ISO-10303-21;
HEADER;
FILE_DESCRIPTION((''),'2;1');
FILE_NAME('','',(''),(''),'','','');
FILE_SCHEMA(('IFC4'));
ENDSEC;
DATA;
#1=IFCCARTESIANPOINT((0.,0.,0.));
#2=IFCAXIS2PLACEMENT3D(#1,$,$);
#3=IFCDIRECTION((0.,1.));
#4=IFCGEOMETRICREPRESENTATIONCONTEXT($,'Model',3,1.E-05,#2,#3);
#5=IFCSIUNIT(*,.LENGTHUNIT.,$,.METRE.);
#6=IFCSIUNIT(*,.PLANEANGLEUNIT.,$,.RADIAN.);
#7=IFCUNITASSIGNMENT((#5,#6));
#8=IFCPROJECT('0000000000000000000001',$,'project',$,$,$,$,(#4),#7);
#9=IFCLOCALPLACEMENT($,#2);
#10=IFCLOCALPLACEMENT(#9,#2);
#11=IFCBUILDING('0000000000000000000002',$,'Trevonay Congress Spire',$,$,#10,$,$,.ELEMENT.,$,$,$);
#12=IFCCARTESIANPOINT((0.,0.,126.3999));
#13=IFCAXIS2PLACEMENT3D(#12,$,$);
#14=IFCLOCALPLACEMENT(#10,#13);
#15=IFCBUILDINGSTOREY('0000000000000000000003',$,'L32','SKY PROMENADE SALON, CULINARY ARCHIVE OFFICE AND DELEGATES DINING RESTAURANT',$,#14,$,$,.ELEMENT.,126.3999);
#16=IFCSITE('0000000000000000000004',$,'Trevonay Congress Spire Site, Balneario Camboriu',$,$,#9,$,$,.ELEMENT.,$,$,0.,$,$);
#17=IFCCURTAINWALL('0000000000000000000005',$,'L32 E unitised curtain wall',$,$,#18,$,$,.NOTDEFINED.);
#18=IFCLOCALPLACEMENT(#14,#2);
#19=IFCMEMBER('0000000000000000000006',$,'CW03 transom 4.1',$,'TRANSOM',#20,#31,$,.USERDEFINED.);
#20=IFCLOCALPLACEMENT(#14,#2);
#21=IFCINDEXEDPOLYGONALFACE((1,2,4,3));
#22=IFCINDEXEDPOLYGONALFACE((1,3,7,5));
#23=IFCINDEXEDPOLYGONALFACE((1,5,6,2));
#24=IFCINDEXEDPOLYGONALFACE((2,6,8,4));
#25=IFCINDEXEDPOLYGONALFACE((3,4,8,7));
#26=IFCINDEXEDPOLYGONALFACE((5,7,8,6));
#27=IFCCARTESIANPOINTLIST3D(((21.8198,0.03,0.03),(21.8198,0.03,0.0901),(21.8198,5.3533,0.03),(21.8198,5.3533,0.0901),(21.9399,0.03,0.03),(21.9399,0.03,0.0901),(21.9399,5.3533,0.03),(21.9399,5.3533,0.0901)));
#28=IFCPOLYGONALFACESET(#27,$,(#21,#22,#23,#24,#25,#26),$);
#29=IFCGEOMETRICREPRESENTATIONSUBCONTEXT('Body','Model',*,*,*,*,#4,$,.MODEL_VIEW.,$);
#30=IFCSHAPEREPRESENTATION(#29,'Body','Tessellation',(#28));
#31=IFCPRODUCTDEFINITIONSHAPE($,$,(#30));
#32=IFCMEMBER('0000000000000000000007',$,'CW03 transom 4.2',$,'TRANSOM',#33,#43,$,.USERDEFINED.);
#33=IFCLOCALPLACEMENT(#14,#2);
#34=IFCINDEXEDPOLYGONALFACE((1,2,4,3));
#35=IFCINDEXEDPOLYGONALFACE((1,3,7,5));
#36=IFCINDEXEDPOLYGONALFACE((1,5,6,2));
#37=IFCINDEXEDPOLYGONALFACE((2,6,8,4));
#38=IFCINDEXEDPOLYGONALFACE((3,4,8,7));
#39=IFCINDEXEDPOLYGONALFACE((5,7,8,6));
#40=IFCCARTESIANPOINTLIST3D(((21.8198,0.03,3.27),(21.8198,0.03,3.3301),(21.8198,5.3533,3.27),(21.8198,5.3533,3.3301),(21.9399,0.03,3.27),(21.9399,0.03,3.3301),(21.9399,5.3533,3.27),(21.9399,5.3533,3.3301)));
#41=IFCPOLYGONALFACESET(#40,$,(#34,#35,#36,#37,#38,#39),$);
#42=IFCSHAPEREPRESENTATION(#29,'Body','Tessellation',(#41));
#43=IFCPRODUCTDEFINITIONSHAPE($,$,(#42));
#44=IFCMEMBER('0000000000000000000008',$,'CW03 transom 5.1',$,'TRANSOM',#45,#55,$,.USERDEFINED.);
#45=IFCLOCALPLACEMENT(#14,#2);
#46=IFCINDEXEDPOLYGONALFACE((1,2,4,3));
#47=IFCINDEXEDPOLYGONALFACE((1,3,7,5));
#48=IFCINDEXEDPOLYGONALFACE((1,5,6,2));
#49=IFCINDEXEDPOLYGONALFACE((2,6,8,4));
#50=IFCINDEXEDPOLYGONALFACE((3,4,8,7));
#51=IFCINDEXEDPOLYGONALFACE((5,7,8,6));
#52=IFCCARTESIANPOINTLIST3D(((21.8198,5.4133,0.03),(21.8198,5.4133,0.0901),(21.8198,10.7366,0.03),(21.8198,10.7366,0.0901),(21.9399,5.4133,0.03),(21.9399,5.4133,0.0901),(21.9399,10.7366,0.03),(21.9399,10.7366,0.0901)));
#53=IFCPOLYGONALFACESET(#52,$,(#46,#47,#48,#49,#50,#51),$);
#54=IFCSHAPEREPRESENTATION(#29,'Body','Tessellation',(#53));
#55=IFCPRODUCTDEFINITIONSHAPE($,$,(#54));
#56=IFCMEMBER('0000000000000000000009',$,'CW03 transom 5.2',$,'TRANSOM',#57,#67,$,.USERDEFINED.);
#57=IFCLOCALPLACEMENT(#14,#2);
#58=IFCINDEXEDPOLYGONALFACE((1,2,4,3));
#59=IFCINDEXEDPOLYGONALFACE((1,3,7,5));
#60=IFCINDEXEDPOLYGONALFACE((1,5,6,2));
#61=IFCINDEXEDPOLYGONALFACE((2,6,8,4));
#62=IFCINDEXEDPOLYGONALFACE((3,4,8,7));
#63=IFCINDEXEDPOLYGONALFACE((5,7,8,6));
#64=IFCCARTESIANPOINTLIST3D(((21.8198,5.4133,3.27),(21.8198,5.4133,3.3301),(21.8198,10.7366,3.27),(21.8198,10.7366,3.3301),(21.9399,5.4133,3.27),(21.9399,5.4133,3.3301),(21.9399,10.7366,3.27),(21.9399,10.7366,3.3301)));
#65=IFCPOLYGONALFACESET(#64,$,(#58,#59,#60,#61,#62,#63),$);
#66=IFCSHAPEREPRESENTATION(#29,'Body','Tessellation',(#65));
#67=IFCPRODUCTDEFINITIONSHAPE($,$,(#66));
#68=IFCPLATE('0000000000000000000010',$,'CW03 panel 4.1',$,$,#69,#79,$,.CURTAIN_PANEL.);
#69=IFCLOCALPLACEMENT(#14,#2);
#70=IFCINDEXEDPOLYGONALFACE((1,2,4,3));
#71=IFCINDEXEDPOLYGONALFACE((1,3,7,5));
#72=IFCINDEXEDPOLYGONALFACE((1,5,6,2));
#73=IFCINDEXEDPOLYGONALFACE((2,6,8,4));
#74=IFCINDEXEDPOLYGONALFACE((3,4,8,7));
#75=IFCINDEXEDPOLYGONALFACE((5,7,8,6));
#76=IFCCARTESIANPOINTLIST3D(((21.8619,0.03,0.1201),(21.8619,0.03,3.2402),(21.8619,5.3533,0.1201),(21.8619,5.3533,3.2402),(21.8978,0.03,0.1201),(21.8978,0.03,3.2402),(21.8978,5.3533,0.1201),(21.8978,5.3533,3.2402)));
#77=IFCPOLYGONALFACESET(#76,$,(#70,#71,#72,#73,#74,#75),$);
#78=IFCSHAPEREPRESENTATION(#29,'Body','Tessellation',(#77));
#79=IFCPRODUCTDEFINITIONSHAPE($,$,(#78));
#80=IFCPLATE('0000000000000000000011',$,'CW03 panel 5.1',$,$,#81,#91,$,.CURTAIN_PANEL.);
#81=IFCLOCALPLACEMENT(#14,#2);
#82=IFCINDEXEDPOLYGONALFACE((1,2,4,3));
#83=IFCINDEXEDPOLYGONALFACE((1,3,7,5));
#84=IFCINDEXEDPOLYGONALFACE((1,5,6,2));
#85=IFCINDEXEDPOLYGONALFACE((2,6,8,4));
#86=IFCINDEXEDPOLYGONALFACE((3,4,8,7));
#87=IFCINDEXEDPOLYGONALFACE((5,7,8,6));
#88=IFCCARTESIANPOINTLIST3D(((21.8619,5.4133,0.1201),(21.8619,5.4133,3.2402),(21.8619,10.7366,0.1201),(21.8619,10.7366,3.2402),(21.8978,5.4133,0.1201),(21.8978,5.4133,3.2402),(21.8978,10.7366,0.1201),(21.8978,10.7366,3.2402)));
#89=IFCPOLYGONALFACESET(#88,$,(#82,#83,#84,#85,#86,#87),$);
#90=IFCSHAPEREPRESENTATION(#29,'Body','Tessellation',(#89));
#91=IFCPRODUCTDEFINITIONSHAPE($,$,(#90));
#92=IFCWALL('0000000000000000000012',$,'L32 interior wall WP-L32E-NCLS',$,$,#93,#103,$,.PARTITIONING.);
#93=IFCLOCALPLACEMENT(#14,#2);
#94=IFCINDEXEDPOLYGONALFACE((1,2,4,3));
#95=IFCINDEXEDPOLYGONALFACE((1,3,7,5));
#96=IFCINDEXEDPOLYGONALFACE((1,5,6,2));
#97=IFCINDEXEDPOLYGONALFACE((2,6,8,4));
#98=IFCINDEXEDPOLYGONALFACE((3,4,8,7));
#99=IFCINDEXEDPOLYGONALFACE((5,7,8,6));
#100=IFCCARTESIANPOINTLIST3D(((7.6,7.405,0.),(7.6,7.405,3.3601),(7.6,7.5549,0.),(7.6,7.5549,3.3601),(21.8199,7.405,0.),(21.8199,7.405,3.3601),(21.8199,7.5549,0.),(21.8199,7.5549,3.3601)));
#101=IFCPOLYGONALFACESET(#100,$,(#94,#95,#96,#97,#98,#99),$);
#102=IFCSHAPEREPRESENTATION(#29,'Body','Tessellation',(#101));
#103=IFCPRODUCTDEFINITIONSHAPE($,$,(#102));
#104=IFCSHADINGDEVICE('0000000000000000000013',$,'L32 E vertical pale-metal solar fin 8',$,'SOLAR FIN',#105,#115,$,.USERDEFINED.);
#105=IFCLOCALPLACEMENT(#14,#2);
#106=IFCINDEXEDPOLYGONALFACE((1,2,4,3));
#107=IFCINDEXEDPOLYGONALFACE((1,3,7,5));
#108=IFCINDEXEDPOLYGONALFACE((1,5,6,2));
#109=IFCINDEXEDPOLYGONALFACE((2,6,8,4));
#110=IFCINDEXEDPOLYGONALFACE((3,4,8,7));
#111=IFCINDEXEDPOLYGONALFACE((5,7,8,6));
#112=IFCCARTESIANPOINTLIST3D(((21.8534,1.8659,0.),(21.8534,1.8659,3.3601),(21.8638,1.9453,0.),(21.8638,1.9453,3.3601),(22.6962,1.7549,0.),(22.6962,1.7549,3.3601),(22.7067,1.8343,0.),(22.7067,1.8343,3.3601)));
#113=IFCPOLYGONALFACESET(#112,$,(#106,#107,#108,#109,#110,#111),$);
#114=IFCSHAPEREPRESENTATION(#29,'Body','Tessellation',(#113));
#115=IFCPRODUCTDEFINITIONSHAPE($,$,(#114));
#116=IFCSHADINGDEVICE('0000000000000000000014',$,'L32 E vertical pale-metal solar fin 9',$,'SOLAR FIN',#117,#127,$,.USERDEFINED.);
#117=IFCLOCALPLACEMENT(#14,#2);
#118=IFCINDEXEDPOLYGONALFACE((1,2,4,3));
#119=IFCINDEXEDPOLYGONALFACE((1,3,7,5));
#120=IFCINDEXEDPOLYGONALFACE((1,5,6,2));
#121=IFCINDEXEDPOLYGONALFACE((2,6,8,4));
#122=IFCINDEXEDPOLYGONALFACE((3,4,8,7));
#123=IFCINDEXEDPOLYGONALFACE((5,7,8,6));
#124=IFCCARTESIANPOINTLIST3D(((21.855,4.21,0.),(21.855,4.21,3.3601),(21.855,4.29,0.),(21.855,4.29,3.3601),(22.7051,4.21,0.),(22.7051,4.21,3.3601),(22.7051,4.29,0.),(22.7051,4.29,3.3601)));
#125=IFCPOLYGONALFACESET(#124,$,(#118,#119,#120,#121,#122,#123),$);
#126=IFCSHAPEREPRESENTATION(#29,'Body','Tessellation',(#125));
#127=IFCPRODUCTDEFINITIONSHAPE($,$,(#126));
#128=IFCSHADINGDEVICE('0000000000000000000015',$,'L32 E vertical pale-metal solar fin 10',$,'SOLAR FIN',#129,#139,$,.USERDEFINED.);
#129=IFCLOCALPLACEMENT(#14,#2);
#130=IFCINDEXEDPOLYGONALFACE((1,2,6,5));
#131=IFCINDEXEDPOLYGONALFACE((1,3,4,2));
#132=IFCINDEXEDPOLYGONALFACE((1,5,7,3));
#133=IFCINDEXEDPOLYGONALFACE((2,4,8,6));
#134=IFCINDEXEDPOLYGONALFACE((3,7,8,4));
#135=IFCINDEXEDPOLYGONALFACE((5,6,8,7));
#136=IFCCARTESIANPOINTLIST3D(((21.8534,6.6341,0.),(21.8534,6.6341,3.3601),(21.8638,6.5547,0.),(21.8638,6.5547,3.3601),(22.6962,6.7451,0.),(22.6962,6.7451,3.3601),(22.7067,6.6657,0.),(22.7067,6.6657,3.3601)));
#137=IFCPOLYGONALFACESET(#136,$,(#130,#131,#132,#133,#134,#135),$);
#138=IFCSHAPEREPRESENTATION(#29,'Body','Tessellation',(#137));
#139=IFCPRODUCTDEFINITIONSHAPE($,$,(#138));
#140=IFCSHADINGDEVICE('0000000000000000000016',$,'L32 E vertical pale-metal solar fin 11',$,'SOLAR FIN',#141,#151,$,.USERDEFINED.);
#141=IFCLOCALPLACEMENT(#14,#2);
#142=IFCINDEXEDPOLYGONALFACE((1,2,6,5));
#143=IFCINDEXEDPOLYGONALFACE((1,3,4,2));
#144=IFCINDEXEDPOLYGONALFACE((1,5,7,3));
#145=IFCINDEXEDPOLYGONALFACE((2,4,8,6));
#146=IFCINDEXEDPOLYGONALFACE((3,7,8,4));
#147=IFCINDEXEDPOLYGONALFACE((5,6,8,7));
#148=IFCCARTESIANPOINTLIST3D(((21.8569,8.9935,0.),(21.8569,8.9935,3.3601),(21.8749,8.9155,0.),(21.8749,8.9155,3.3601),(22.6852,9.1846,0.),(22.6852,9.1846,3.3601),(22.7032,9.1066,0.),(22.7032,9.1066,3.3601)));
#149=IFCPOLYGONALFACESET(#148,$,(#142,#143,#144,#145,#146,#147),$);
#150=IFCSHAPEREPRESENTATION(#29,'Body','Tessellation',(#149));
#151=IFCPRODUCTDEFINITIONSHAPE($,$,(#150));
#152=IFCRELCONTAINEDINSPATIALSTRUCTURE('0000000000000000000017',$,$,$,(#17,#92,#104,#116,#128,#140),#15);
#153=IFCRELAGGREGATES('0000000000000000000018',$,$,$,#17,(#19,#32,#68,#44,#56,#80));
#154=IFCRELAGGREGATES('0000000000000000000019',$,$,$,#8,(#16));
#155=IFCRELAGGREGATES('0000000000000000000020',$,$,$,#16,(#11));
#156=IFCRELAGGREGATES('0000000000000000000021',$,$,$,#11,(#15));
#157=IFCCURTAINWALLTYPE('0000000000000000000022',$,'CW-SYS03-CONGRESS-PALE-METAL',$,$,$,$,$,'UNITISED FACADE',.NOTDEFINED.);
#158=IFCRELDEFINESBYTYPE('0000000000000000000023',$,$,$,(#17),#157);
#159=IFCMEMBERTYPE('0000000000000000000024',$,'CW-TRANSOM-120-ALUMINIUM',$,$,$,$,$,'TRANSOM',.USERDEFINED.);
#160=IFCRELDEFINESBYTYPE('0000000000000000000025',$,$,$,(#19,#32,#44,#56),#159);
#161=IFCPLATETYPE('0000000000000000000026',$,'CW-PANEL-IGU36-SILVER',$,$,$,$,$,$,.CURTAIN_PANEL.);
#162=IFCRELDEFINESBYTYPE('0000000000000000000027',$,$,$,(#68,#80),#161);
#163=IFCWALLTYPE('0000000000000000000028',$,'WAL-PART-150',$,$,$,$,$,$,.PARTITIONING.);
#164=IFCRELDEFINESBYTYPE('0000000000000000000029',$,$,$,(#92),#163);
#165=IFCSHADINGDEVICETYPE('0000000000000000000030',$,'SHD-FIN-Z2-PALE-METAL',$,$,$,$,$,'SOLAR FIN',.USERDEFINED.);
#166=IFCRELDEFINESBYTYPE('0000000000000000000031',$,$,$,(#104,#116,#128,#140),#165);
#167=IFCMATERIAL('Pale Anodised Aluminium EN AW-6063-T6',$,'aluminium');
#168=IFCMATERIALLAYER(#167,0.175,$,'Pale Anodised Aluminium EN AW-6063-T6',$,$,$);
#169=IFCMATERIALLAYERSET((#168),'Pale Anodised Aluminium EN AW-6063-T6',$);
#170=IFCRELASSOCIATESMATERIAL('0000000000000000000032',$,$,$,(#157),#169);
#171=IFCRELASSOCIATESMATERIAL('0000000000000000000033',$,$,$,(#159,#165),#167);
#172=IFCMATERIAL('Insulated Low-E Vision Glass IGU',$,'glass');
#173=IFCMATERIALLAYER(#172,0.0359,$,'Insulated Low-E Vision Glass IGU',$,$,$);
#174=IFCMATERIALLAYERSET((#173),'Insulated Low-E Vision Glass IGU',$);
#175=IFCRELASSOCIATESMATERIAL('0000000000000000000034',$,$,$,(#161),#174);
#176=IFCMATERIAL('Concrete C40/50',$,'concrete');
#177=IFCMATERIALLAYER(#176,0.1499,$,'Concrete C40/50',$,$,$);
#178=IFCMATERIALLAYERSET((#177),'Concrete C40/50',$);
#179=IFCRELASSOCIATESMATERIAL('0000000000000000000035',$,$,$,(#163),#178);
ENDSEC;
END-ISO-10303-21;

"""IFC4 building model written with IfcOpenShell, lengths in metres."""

from ifc_helpers import new_model, si_unit, direction, frame, frame_2d, origin, origin_2d, place, context, subcontext, project, spatial, rectangle, extrude, material, layer, layer_set, material_profile, profile_set, type_object, element, aggregate, save


model = new_model("IFC4")

# Units and contexts
model_context = context("Model", 3, precision=1e-05, world=origin(), true_north=direction((0.0, 1.0)))
body_context = subcontext(model_context, "Body", "Model", "MODEL_VIEW")
ifc_project = project(units=[si_unit("LENGTHUNIT", "METRE"), si_unit("PLANEANGLEUNIT", "RADIAN")], contexts=[model_context])

# Site, building, storey
site_placement = place(None, origin())
site = spatial("IfcSite", under=ifc_project, at=site_placement, Name="Trevonay Congress Spire Site, Balneario Camboriu", CompositionType="ELEMENT", RefElevation=0.0)
building_placement = place(site_placement, origin())
building = spatial("IfcBuilding", under=site, at=building_placement, Name="Trevonay Congress Spire", CompositionType="ELEMENT")
storey_placement = place(building_placement, frame((0.0, 0.0, 126.3999)))
storey = spatial("IfcBuildingStorey", under=building, at=storey_placement, Name="L32", Description="SKY PROMENADE SALON, CULINARY ARCHIVE OFFICE AND DELEGATES DINING RESTAURANT", CompositionType="ELEMENT", Elevation=126.3999)

# Curtain wall, members, plates
ifc_material_1 = material(Name="Pale Anodised Aluminium EN AW-6063-T6", Category="aluminium")
ifc_layer_1 = layer(ifc_material_1, 0.175, Name="Pale Anodised Aluminium EN AW-6063-T6")
ifc_layer_set_1 = layer_set([ifc_layer_1], Name="Pale Anodised Aluminium EN AW-6063-T6")
curtain_wall_type = type_object("IfcCurtainWallType", Name="CW-SYS03-CONGRESS-PALE-METAL", ElementType="UNITISED FACADE", PredefinedType="NOTDEFINED", material=ifc_layer_set_1)
curtain_wall_placement = place(storey_placement, origin())
curtain_wall = element("IfcCurtainWall", 1, at=curtain_wall_placement, inside=storey, type_object=curtain_wall_type, Name="L32 E unitised curtain wall", PredefinedType="NOTDEFINED")
ifc_material_profile_1 = material_profile(ifc_material_1, rectangle(XDim=0.1201, YDim=0.0601, at=origin_2d()), Name="CW-TRANSOM-120-ALUMINIUM")
ifc_profile_set_1 = profile_set([ifc_material_profile_1], Name="Pale Anodised Aluminium EN AW-6063-T6")
member_type_1 = type_object("IfcMemberType", Name="CW-TRANSOM-120-ALUMINIUM", ElementType="TRANSOM", PredefinedType="USERDEFINED", material=ifc_profile_set_1)
member_1_placement = place(storey_placement, frame((21.8799, 0.03, 0.0601), z_axis=(0.0, 1.0, 0.0), x_axis=(-1.0, 0.0, 0.0)))
member_1 = element("IfcMember", 2, at=member_1_placement, type_object=member_type_1, Name="CW03 transom 4.1", ObjectType="TRANSOM", PredefinedType="USERDEFINED", context=body_context, shape_type="SweptSolid", body=[
    extrude(rectangle(XDim=0.1201, YDim=0.0601, at=origin_2d()), origin(), (0.0, 0.0, 1.0), 5.3232),
])
member_2_placement = place(storey_placement, frame((21.8799, 0.03, 3.3), z_axis=(0.0, 1.0, 0.0), x_axis=(-1.0, 0.0, 0.0)))
member_2 = element("IfcMember", 3, at=member_2_placement, type_object=member_type_1, Name="CW03 transom 4.2", ObjectType="TRANSOM", PredefinedType="USERDEFINED", context=body_context, shape_type="SweptSolid", body=[
    extrude(rectangle(XDim=0.1201, YDim=0.0601, at=origin_2d()), origin(), (0.0, 0.0, 1.0), 5.3232),
])
member_3_placement = place(storey_placement, frame((21.8799, 5.4133, 0.0601), z_axis=(0.0, 1.0, 0.0), x_axis=(-1.0, 0.0, 0.0)))
member_3 = element("IfcMember", 4, at=member_3_placement, type_object=member_type_1, Name="CW03 transom 5.1", ObjectType="TRANSOM", PredefinedType="USERDEFINED", context=body_context, shape_type="SweptSolid", body=[
    extrude(rectangle(XDim=0.1201, YDim=0.0601, at=origin_2d()), origin(), (0.0, 0.0, 1.0), 5.3232),
])
member_4_placement = place(storey_placement, frame((21.8799, 5.4133, 3.3), z_axis=(0.0, 1.0, 0.0), x_axis=(-1.0, 0.0, 0.0)))
member_4 = element("IfcMember", 5, at=member_4_placement, type_object=member_type_1, Name="CW03 transom 5.2", ObjectType="TRANSOM", PredefinedType="USERDEFINED", context=body_context, shape_type="SweptSolid", body=[
    extrude(rectangle(XDim=0.1201, YDim=0.0601, at=origin_2d()), origin(), (0.0, 0.0, 1.0), 5.3232),
])
ifc_material_2 = material(Name="Insulated Low-E Vision Glass IGU", Category="glass")
ifc_layer_2 = layer(ifc_material_2, 0.0359, Name="Insulated Low-E Vision Glass IGU")
ifc_layer_set_2 = layer_set([ifc_layer_2], Name="Insulated Low-E Vision Glass IGU")
plate_type = type_object("IfcPlateType", Name="CW-PANEL-IGU36-SILVER", PredefinedType="CURTAIN_PANEL", material=ifc_layer_set_2)
plate_1_placement = place(storey_placement, frame((21.8799, 2.6917, 0.1201), z_axis=(0.0, 0.0, 1.0), x_axis=(0.0, 1.0, 0.0)))
plate_1 = element("IfcPlate", 6, at=plate_1_placement, type_object=plate_type, Name="CW03 panel 4.1", PredefinedType="CURTAIN_PANEL", context=body_context, shape_type="SweptSolid", body=[
    extrude(rectangle(XDim=5.3232, YDim=0.0359, at=origin_2d()), origin(), (0.0, 0.0, 1.0), 3.1201),
])
plate_2_placement = place(storey_placement, frame((21.8799, 8.075, 0.1201), z_axis=(0.0, 0.0, 1.0), x_axis=(0.0, 1.0, 0.0)))
plate_2 = element("IfcPlate", 7, at=plate_2_placement, type_object=plate_type, Name="CW03 panel 5.1", PredefinedType="CURTAIN_PANEL", context=body_context, shape_type="SweptSolid", body=[
    extrude(rectangle(XDim=5.3232, YDim=0.0359, at=origin_2d()), origin(), (0.0, 0.0, 1.0), 3.1201),
])
aggregate(curtain_wall, [member_1, member_2, plate_1, member_3, member_4, plate_2])

# Wall
ifc_material_3 = material(Name="Concrete C40/50", Category="concrete")
ifc_layer_3 = layer(ifc_material_3, 0.1499, Name="Concrete C40/50")
ifc_layer_set_3 = layer_set([ifc_layer_3], Name="Concrete C40/50")
wall_type = type_object("IfcWallType", Name="WAL-PART-150", PredefinedType="PARTITIONING", material=ifc_layer_set_3)
wall_placement = place(storey_placement, frame((7.6001, 7.48, 0.0), z_axis=(0.0, 0.0, 1.0), x_axis=(1.0, 0.0, 0.0)))
element("IfcWall", 8, at=wall_placement, inside=storey, type_object=wall_type, Name="L32 interior wall WP-L32E-NCLS", PredefinedType="PARTITIONING", context=body_context, shape_type="SweptSolid", body=[
    extrude(rectangle(XDim=14.22, YDim=0.1499, at=frame_2d((7.1099, 0.0))), origin(), (0.0, 0.0, 1.0), 3.3601),
])

# Shading devices
shading_device_type = type_object("IfcShadingDeviceType", Name="SHD-FIN-Z2-PALE-METAL", ElementType="SOLAR FIN", PredefinedType="USERDEFINED", material=ifc_material_1)
for number, where, z_axis, x_axis, name in (
    (9, (22.28, 1.8501, 0.0), (0.0, 0.0, 1.0), (0.130526, 0.991445, 0.0), "L32 E vertical pale-metal solar fin 8"),
    (10, (22.28, 4.25, 0.0), (0.0, 0.0, 1.0), (0.0, 1.0, 0.0), "L32 E vertical pale-metal solar fin 9"),
    (11, (22.28, 6.6499, 0.0), (0.0, 0.0, 1.0), (-0.130526, 0.991445, 0.0), "L32 E vertical pale-metal solar fin 10"),
    (12, (22.28, 9.05, 0.0), (0.0, 0.0, 1.0), (-0.224781, 0.974409, 0.0), "L32 E vertical pale-metal solar fin 11"),
):
    element("IfcShadingDevice", number, at=place(storey_placement, frame(where, z_axis=z_axis, x_axis=x_axis)), inside=storey, type_object=shading_device_type, Name=name, ObjectType="SOLAR FIN", PredefinedType="USERDEFINED", context=body_context, shape_type="SweptSolid", body=[
        extrude(rectangle(XDim=0.0801, YDim=0.8501, at=origin_2d()), origin(), (0.0, 0.0, 1.0), 3.3601),
    ])

save(model, "model.ifc")
